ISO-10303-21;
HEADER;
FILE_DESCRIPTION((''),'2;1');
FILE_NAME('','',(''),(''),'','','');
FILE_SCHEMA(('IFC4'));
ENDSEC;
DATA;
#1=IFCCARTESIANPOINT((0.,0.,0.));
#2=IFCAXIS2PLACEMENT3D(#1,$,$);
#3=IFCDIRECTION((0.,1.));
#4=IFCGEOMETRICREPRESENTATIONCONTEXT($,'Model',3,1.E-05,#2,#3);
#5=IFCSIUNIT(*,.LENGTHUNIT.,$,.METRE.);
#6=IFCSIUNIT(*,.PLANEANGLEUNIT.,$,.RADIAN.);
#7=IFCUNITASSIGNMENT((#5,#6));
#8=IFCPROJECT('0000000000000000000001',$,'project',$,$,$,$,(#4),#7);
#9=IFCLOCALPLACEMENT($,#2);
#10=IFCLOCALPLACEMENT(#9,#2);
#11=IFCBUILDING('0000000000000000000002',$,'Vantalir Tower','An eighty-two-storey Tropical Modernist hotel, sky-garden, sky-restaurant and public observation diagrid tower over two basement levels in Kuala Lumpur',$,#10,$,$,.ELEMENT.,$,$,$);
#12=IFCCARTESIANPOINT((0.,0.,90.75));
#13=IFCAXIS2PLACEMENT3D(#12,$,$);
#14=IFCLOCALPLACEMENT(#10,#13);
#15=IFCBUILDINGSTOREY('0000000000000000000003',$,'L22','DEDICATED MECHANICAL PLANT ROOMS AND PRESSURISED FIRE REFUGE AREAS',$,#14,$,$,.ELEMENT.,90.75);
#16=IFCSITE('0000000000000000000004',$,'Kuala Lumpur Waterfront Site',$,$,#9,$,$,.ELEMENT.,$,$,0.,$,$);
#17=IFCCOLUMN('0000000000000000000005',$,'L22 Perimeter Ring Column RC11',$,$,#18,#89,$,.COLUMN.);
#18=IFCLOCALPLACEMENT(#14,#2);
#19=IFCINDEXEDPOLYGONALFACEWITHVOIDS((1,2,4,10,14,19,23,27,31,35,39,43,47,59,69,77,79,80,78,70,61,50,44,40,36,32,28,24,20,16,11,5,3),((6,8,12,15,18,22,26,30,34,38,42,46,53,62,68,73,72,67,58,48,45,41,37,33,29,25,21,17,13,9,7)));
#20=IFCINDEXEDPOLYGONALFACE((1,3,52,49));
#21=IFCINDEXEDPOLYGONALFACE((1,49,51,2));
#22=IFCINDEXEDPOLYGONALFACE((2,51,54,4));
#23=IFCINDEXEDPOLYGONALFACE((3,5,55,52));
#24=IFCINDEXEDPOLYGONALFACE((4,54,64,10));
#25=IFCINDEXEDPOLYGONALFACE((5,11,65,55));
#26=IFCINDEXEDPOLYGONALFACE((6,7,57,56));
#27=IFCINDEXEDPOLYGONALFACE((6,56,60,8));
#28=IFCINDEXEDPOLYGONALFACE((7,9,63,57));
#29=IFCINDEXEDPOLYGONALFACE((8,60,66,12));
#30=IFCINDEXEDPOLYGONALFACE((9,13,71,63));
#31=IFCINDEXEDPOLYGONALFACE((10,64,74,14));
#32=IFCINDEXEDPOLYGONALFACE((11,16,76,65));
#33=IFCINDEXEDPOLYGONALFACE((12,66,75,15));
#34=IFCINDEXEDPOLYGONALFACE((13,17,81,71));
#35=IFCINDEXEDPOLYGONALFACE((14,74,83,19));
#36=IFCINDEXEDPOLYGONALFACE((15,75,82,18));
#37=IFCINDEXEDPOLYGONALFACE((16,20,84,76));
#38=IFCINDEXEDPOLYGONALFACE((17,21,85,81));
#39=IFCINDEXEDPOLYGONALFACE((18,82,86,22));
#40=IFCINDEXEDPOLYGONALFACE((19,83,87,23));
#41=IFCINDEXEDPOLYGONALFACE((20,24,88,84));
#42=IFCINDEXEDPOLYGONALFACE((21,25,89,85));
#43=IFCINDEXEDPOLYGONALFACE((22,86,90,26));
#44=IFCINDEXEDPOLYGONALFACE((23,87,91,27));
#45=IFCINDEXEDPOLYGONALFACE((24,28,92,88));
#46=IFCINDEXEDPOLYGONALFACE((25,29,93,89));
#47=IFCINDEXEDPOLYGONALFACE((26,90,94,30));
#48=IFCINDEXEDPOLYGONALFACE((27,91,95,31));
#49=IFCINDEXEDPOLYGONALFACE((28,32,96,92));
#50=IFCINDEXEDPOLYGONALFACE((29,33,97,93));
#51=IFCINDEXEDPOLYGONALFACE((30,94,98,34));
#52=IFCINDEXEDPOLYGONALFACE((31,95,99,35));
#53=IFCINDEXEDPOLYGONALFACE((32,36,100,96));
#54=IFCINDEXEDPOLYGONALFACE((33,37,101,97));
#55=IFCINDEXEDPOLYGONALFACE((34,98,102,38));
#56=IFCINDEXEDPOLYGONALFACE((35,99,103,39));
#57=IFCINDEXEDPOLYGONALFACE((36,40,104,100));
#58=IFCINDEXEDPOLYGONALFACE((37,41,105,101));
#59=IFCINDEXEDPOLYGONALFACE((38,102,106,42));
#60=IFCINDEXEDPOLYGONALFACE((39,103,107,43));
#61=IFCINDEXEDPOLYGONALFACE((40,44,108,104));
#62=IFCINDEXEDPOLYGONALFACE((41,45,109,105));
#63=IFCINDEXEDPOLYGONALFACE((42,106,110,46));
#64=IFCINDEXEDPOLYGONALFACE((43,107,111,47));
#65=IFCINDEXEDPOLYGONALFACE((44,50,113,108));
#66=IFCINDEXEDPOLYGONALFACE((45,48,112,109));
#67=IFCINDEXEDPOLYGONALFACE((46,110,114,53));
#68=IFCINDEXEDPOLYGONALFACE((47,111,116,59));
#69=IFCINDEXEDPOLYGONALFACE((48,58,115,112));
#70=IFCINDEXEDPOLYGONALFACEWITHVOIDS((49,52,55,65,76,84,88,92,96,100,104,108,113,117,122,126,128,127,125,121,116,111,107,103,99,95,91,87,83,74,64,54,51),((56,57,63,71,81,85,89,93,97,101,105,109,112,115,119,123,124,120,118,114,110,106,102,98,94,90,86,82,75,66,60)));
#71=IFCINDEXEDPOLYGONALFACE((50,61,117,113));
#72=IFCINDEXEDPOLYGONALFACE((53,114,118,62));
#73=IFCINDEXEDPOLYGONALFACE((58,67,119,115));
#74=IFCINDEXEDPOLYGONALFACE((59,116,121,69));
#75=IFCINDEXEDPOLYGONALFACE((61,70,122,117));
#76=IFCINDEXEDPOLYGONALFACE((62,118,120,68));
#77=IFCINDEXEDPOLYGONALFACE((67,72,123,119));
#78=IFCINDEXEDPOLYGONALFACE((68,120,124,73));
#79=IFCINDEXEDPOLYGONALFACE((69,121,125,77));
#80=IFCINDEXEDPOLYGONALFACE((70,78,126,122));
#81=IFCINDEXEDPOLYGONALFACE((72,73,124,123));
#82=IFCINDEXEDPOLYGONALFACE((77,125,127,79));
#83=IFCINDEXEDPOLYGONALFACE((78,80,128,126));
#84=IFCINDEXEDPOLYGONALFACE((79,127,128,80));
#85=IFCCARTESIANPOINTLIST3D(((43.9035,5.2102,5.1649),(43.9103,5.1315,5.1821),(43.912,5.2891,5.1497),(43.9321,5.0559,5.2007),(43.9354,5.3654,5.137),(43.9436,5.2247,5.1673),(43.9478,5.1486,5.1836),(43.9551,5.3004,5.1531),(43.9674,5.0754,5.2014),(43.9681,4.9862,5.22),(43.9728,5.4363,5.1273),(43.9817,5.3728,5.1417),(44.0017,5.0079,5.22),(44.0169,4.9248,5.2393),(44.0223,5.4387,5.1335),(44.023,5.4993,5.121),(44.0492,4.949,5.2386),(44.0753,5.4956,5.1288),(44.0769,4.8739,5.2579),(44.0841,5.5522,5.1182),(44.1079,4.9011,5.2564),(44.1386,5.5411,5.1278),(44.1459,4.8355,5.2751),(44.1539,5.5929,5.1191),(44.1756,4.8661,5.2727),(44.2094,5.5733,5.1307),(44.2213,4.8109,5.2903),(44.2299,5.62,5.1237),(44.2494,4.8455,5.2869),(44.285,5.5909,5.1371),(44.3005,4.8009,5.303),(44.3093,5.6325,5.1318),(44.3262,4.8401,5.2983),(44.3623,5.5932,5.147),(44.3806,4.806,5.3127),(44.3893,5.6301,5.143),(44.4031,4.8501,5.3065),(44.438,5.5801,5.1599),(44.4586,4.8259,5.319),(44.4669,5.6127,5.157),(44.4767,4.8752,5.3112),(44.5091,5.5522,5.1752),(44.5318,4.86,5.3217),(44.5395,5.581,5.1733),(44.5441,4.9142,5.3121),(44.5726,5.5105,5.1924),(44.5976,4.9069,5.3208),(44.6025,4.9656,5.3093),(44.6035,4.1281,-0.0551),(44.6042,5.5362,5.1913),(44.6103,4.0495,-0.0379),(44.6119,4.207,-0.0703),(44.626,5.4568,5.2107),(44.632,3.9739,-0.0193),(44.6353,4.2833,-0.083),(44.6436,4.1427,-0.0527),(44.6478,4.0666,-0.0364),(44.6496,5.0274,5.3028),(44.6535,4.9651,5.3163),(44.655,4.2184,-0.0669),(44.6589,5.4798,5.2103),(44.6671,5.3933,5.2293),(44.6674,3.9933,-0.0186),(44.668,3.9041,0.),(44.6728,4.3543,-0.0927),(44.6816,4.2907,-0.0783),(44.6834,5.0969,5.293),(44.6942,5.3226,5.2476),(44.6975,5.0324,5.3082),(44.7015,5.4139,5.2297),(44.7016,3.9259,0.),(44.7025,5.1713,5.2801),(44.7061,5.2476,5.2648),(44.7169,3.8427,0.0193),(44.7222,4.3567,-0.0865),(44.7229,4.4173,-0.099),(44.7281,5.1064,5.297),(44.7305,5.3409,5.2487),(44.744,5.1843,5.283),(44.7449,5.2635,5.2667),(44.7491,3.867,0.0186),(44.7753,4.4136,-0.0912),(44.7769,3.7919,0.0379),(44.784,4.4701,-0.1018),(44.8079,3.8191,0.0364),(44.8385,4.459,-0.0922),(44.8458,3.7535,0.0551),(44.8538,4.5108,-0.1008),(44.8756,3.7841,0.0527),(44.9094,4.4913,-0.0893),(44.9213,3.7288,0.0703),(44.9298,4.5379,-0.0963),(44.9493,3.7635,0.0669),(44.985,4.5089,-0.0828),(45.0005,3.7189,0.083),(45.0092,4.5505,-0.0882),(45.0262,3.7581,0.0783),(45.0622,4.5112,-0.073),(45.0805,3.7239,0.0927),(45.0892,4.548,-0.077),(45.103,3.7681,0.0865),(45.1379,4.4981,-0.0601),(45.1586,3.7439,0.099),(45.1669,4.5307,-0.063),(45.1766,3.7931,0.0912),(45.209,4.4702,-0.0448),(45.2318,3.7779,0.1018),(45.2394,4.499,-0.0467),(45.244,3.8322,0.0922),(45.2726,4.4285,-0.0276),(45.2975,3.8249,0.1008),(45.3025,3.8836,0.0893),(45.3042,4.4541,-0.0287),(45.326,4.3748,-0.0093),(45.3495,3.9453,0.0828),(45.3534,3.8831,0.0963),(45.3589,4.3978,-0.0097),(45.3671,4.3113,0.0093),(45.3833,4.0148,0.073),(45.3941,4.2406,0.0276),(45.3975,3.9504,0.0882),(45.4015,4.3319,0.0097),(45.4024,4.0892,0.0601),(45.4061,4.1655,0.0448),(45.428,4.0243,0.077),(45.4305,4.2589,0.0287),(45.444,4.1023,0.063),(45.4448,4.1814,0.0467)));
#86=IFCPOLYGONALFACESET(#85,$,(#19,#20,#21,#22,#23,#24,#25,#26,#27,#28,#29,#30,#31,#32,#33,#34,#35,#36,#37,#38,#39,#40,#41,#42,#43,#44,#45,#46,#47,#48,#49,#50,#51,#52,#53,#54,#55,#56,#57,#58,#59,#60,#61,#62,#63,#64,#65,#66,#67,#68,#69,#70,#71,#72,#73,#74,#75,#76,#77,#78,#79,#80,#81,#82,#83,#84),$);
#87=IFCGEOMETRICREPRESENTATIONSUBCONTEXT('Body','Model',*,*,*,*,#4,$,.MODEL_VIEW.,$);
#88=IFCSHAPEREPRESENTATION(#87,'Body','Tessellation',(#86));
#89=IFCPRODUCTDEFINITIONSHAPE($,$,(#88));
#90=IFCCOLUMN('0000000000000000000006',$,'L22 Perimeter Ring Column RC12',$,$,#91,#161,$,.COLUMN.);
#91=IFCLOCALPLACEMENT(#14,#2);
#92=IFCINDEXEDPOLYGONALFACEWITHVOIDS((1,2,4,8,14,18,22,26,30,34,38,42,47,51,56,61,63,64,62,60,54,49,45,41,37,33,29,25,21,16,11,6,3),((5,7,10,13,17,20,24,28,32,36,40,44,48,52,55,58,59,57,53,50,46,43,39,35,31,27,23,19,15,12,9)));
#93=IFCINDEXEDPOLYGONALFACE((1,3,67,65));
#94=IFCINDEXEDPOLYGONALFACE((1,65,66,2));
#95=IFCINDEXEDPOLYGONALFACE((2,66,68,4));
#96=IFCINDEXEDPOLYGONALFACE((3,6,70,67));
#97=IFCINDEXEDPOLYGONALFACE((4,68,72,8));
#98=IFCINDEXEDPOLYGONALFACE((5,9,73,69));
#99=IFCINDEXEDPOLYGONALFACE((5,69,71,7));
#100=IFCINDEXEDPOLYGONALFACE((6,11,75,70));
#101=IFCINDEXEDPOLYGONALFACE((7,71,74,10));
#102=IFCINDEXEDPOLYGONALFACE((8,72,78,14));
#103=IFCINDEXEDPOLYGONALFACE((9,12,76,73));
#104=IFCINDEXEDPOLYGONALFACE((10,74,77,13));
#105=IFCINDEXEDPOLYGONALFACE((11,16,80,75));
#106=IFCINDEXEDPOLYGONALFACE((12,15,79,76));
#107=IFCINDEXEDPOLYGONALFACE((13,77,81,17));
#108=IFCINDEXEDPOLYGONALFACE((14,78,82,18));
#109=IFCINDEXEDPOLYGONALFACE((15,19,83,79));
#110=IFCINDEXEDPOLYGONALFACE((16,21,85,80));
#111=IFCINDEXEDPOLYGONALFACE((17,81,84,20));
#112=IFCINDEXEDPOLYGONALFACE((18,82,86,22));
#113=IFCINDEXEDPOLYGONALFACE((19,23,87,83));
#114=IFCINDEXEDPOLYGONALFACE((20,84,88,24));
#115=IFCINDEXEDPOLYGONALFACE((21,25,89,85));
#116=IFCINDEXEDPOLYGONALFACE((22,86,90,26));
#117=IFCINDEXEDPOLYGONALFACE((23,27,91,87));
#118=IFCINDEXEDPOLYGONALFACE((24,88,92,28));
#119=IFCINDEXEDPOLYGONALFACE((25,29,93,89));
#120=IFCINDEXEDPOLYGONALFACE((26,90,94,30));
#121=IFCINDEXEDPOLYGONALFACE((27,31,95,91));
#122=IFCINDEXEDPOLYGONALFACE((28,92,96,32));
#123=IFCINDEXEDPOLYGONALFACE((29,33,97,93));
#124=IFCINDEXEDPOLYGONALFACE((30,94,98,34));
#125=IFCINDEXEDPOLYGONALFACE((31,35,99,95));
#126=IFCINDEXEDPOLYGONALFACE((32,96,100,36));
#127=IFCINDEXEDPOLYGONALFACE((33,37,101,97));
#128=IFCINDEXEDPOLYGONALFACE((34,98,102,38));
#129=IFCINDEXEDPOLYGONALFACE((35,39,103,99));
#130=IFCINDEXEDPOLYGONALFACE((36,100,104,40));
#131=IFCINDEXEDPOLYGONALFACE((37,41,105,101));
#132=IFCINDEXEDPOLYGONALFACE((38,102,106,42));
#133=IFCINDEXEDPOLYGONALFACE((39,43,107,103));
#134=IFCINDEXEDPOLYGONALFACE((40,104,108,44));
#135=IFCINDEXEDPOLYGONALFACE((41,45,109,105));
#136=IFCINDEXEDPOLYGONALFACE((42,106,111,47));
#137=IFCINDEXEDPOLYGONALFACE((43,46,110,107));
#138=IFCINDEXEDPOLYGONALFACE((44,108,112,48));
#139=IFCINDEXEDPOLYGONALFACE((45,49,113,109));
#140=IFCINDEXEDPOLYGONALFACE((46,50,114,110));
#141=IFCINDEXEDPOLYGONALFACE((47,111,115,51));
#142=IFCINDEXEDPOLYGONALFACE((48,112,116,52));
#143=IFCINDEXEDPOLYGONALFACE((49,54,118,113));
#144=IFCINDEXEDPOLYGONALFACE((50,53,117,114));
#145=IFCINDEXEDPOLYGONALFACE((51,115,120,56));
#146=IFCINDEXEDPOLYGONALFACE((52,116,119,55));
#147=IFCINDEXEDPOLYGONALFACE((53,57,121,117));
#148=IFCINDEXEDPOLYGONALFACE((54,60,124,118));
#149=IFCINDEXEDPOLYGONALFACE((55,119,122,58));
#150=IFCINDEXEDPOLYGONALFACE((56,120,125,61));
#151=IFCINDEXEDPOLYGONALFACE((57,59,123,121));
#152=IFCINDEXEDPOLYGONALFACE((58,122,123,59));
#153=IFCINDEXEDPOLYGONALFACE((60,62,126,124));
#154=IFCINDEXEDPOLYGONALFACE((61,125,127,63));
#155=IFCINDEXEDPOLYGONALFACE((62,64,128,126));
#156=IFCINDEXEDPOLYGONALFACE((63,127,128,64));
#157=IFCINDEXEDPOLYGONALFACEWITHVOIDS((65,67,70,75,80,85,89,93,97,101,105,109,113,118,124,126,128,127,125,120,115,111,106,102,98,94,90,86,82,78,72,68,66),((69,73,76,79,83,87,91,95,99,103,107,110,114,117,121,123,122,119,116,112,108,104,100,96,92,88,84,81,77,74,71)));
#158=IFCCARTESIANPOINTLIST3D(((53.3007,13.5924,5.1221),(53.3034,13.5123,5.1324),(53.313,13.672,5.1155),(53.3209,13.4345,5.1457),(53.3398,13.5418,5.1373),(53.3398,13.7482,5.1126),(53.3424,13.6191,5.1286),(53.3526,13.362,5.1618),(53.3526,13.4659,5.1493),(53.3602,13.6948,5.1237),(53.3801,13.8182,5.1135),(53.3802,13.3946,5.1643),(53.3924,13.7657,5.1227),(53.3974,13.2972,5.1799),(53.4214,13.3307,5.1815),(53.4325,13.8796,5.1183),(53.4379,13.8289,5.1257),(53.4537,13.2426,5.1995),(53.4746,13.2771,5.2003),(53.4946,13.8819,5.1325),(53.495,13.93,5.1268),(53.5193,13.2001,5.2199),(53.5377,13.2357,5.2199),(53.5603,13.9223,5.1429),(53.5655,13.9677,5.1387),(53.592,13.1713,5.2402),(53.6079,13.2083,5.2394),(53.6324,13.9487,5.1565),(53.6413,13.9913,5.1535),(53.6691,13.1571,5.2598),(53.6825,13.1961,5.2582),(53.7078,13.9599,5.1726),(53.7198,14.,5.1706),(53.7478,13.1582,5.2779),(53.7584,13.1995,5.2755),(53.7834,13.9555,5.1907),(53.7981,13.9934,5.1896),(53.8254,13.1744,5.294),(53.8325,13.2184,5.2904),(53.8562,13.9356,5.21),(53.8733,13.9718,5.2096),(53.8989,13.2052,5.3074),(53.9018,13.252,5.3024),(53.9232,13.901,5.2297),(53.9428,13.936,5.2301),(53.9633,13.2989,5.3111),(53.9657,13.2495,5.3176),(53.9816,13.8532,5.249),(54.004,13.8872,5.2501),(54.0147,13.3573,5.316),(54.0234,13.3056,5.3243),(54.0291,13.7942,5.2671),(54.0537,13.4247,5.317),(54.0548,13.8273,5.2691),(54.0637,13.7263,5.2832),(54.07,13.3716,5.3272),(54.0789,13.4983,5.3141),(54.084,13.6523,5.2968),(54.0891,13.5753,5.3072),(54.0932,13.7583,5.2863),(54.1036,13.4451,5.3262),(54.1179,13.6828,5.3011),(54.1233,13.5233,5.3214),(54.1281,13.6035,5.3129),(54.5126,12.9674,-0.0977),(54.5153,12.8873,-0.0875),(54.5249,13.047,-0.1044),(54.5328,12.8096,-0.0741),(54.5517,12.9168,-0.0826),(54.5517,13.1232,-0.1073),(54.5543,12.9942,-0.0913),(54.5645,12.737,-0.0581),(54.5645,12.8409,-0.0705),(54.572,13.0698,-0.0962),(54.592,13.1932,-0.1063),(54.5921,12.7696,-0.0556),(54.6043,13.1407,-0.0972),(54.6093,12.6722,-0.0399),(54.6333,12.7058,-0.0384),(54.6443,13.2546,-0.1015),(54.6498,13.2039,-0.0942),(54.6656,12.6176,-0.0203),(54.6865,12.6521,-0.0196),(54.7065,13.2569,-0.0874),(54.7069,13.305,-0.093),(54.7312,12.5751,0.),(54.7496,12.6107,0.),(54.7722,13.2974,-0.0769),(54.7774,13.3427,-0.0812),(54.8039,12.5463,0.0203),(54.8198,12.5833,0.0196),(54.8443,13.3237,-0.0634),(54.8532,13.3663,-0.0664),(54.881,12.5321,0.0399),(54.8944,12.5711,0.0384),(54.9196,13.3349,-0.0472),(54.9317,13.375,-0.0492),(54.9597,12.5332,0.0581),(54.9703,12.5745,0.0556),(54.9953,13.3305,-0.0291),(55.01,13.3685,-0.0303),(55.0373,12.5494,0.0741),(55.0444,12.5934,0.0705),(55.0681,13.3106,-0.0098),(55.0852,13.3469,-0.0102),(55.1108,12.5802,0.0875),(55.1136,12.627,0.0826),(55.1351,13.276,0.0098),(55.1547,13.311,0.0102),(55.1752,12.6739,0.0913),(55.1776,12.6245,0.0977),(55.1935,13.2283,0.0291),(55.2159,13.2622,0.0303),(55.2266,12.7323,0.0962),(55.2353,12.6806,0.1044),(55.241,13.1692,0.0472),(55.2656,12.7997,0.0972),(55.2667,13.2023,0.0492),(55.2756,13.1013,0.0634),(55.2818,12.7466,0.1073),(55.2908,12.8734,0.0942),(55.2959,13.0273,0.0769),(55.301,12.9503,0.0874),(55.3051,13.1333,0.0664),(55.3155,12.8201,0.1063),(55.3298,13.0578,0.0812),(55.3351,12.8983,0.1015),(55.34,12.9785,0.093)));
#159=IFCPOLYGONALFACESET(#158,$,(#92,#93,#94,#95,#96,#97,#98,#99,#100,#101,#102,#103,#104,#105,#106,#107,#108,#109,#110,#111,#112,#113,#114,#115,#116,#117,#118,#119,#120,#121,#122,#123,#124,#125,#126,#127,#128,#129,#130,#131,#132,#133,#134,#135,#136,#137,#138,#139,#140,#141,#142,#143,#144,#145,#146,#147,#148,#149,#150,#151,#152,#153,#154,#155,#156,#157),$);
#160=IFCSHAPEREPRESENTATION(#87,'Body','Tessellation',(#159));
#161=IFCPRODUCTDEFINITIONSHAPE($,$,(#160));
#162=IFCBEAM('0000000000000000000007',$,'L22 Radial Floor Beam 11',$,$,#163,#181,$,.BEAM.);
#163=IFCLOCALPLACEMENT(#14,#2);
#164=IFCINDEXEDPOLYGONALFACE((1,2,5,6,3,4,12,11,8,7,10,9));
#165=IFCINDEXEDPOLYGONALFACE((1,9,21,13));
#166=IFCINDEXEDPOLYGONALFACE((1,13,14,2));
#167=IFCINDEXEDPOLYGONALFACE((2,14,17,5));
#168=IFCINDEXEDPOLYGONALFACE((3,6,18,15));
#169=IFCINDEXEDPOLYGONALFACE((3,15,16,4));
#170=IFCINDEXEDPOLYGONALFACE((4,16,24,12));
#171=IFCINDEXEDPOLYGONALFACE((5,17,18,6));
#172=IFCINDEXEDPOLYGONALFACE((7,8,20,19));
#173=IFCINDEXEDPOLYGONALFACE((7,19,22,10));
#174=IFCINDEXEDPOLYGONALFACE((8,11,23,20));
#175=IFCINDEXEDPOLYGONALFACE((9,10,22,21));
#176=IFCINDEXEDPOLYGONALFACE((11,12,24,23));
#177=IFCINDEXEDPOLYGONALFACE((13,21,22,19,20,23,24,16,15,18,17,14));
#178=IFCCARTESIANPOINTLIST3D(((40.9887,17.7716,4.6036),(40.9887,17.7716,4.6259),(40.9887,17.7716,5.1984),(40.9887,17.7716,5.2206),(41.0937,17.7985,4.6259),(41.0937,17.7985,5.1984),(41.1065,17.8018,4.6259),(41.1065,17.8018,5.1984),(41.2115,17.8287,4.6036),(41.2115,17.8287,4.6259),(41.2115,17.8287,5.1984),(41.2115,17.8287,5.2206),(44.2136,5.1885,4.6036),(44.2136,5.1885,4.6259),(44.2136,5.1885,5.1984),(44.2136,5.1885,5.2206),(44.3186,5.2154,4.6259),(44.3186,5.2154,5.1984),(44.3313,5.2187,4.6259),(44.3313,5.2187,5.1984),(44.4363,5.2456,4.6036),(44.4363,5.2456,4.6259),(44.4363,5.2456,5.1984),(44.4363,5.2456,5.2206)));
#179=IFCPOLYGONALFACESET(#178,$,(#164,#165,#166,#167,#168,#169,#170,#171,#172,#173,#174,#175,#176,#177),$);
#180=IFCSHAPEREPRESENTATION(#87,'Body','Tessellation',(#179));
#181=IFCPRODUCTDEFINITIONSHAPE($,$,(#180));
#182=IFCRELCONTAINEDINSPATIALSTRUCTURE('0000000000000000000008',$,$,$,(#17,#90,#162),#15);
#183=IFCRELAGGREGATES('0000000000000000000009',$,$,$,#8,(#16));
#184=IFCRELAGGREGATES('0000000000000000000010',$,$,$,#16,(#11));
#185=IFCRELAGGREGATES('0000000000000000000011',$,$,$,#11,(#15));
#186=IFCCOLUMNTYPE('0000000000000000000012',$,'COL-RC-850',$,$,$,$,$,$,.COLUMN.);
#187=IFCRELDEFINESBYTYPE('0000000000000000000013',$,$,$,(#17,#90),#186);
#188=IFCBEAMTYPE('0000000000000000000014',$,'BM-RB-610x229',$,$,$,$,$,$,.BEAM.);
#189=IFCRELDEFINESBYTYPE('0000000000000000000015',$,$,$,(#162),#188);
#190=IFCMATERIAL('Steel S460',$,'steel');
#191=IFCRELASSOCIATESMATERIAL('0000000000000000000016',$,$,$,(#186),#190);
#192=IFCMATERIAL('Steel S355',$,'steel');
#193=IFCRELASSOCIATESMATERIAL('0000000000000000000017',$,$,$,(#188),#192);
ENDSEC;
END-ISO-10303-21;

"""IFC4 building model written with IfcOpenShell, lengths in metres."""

from ifc_helpers import new_model, si_unit, direction, frame, origin, origin_2d, place, context, subcontext, project, spatial, hollow_circle, i_section, extrude, material, material_profile, profile_set, type_object, element, save


model = new_model("IFC4")

# Units and contexts
model_context = context("Model", 3, precision=1e-05, world=origin(), true_north=direction((0.0, 1.0)))
body_context = subcontext(model_context, "Body", "Model", "MODEL_VIEW")
ifc_project = project(units=[si_unit("LENGTHUNIT", "METRE"), si_unit("PLANEANGLEUNIT", "RADIAN")], contexts=[model_context])

# Site, building, storey
site_placement = place(None, origin())
site = spatial("IfcSite", under=ifc_project, at=site_placement, Name="Kuala Lumpur Waterfront Site", CompositionType="ELEMENT", RefElevation=0.0)
building_placement = place(site_placement, origin())
building = spatial("IfcBuilding", under=site, at=building_placement, Name="Vantalir Tower", Description="An eighty-two-storey Tropical Modernist hotel, sky-garden, sky-restaurant and public observation diagrid tower over two basement levels in Kuala Lumpur", CompositionType="ELEMENT")
storey_placement = place(building_placement, frame((0.0, 0.0, 90.75)))
storey = spatial("IfcBuildingStorey", under=building, at=storey_placement, Name="L22", Description="DEDICATED MECHANICAL PLANT ROOMS AND PRESSURISED FIRE REFUGE AREAS", CompositionType="ELEMENT", Elevation=90.75)

# Columns
ifc_material_1 = material(Name="Steel S460", Category="steel")
ifc_material_profile_1 = material_profile(ifc_material_1, hollow_circle(Radius=0.425, WallThickness=0.04, at=origin_2d()), Name="Steel S460")
ifc_profile_set_1 = profile_set([ifc_material_profile_1], Name="Steel S460")
column_type = type_object("IfcColumnType", Name="COL-RC-850", PredefinedType="COLUMN", material=ifc_profile_set_1)
column_1_placement = place(storey_placement, frame((45.0249, 4.135, 0.0), z_axis=(-0.130182, 0.201245, 0.970852), x_axis=(-0.839636, -0.543149, 0.0)))
element("IfcColumn", 1, at=column_1_placement, inside=storey, type_object=column_type, Name="L22 Perimeter Ring Column RC11", PredefinedType="COLUMN", context=body_context, shape_type="SweptSolid", body=[
    extrude(hollow_circle(Radius=0.425, WallThickness=0.04, at=origin_2d()), origin(), (0.0, 0.0, 1.0), 5.3767),
])
column_2_placement = place(storey_placement, frame((54.926, 12.9529, 0.0), z_axis=(-0.224631, 0.115845, 0.967533), x_axis=(-0.458351, -0.888771, 0.0)))
element("IfcColumn", 2, at=column_2_placement, inside=storey, type_object=column_type, Name="L22 Perimeter Ring Column RC12", PredefinedType="COLUMN", context=body_context, shape_type="SweptSolid", body=[
    extrude(hollow_circle(Radius=0.425, WallThickness=0.04, at=origin_2d()), origin(), (0.0, 0.0, 1.0), 5.395),
])

# Beam
ifc_material_2 = material(Name="Steel S355", Category="steel")
ifc_material_profile_2 = material_profile(ifc_material_2, i_section(OverallWidth=0.23, OverallDepth=0.6169, WebThickness=0.0132, FlangeThickness=0.0222, at=origin_2d()), Name="Steel S355")
ifc_profile_set_2 = profile_set([ifc_material_profile_2], Name="Steel S355")
beam_type_1 = type_object("IfcBeamType", Name="BM-RB-610x229", PredefinedType="BEAM", material=ifc_profile_set_2)
beam_1_placement = place(storey_placement, frame((44.325, 5.217, 4.9121), z_axis=(-0.248263, 0.968693, 0.0), x_axis=(-0.968693, -0.248263, 0.0)))
element("IfcBeam", 3, at=beam_1_placement, inside=storey, type_object=beam_type_1, Name="L22 Radial Floor Beam 11", PredefinedType="BEAM", context=body_context, shape_type="SweptSolid", body=[
    extrude(i_section(OverallWidth=0.23, OverallDepth=0.6169, WebThickness=0.0132, FlangeThickness=0.0222, at=origin_2d()), origin(), (0.0, 0.0, 1.0), 12.9897),
])

save(model, "model.ifc")
